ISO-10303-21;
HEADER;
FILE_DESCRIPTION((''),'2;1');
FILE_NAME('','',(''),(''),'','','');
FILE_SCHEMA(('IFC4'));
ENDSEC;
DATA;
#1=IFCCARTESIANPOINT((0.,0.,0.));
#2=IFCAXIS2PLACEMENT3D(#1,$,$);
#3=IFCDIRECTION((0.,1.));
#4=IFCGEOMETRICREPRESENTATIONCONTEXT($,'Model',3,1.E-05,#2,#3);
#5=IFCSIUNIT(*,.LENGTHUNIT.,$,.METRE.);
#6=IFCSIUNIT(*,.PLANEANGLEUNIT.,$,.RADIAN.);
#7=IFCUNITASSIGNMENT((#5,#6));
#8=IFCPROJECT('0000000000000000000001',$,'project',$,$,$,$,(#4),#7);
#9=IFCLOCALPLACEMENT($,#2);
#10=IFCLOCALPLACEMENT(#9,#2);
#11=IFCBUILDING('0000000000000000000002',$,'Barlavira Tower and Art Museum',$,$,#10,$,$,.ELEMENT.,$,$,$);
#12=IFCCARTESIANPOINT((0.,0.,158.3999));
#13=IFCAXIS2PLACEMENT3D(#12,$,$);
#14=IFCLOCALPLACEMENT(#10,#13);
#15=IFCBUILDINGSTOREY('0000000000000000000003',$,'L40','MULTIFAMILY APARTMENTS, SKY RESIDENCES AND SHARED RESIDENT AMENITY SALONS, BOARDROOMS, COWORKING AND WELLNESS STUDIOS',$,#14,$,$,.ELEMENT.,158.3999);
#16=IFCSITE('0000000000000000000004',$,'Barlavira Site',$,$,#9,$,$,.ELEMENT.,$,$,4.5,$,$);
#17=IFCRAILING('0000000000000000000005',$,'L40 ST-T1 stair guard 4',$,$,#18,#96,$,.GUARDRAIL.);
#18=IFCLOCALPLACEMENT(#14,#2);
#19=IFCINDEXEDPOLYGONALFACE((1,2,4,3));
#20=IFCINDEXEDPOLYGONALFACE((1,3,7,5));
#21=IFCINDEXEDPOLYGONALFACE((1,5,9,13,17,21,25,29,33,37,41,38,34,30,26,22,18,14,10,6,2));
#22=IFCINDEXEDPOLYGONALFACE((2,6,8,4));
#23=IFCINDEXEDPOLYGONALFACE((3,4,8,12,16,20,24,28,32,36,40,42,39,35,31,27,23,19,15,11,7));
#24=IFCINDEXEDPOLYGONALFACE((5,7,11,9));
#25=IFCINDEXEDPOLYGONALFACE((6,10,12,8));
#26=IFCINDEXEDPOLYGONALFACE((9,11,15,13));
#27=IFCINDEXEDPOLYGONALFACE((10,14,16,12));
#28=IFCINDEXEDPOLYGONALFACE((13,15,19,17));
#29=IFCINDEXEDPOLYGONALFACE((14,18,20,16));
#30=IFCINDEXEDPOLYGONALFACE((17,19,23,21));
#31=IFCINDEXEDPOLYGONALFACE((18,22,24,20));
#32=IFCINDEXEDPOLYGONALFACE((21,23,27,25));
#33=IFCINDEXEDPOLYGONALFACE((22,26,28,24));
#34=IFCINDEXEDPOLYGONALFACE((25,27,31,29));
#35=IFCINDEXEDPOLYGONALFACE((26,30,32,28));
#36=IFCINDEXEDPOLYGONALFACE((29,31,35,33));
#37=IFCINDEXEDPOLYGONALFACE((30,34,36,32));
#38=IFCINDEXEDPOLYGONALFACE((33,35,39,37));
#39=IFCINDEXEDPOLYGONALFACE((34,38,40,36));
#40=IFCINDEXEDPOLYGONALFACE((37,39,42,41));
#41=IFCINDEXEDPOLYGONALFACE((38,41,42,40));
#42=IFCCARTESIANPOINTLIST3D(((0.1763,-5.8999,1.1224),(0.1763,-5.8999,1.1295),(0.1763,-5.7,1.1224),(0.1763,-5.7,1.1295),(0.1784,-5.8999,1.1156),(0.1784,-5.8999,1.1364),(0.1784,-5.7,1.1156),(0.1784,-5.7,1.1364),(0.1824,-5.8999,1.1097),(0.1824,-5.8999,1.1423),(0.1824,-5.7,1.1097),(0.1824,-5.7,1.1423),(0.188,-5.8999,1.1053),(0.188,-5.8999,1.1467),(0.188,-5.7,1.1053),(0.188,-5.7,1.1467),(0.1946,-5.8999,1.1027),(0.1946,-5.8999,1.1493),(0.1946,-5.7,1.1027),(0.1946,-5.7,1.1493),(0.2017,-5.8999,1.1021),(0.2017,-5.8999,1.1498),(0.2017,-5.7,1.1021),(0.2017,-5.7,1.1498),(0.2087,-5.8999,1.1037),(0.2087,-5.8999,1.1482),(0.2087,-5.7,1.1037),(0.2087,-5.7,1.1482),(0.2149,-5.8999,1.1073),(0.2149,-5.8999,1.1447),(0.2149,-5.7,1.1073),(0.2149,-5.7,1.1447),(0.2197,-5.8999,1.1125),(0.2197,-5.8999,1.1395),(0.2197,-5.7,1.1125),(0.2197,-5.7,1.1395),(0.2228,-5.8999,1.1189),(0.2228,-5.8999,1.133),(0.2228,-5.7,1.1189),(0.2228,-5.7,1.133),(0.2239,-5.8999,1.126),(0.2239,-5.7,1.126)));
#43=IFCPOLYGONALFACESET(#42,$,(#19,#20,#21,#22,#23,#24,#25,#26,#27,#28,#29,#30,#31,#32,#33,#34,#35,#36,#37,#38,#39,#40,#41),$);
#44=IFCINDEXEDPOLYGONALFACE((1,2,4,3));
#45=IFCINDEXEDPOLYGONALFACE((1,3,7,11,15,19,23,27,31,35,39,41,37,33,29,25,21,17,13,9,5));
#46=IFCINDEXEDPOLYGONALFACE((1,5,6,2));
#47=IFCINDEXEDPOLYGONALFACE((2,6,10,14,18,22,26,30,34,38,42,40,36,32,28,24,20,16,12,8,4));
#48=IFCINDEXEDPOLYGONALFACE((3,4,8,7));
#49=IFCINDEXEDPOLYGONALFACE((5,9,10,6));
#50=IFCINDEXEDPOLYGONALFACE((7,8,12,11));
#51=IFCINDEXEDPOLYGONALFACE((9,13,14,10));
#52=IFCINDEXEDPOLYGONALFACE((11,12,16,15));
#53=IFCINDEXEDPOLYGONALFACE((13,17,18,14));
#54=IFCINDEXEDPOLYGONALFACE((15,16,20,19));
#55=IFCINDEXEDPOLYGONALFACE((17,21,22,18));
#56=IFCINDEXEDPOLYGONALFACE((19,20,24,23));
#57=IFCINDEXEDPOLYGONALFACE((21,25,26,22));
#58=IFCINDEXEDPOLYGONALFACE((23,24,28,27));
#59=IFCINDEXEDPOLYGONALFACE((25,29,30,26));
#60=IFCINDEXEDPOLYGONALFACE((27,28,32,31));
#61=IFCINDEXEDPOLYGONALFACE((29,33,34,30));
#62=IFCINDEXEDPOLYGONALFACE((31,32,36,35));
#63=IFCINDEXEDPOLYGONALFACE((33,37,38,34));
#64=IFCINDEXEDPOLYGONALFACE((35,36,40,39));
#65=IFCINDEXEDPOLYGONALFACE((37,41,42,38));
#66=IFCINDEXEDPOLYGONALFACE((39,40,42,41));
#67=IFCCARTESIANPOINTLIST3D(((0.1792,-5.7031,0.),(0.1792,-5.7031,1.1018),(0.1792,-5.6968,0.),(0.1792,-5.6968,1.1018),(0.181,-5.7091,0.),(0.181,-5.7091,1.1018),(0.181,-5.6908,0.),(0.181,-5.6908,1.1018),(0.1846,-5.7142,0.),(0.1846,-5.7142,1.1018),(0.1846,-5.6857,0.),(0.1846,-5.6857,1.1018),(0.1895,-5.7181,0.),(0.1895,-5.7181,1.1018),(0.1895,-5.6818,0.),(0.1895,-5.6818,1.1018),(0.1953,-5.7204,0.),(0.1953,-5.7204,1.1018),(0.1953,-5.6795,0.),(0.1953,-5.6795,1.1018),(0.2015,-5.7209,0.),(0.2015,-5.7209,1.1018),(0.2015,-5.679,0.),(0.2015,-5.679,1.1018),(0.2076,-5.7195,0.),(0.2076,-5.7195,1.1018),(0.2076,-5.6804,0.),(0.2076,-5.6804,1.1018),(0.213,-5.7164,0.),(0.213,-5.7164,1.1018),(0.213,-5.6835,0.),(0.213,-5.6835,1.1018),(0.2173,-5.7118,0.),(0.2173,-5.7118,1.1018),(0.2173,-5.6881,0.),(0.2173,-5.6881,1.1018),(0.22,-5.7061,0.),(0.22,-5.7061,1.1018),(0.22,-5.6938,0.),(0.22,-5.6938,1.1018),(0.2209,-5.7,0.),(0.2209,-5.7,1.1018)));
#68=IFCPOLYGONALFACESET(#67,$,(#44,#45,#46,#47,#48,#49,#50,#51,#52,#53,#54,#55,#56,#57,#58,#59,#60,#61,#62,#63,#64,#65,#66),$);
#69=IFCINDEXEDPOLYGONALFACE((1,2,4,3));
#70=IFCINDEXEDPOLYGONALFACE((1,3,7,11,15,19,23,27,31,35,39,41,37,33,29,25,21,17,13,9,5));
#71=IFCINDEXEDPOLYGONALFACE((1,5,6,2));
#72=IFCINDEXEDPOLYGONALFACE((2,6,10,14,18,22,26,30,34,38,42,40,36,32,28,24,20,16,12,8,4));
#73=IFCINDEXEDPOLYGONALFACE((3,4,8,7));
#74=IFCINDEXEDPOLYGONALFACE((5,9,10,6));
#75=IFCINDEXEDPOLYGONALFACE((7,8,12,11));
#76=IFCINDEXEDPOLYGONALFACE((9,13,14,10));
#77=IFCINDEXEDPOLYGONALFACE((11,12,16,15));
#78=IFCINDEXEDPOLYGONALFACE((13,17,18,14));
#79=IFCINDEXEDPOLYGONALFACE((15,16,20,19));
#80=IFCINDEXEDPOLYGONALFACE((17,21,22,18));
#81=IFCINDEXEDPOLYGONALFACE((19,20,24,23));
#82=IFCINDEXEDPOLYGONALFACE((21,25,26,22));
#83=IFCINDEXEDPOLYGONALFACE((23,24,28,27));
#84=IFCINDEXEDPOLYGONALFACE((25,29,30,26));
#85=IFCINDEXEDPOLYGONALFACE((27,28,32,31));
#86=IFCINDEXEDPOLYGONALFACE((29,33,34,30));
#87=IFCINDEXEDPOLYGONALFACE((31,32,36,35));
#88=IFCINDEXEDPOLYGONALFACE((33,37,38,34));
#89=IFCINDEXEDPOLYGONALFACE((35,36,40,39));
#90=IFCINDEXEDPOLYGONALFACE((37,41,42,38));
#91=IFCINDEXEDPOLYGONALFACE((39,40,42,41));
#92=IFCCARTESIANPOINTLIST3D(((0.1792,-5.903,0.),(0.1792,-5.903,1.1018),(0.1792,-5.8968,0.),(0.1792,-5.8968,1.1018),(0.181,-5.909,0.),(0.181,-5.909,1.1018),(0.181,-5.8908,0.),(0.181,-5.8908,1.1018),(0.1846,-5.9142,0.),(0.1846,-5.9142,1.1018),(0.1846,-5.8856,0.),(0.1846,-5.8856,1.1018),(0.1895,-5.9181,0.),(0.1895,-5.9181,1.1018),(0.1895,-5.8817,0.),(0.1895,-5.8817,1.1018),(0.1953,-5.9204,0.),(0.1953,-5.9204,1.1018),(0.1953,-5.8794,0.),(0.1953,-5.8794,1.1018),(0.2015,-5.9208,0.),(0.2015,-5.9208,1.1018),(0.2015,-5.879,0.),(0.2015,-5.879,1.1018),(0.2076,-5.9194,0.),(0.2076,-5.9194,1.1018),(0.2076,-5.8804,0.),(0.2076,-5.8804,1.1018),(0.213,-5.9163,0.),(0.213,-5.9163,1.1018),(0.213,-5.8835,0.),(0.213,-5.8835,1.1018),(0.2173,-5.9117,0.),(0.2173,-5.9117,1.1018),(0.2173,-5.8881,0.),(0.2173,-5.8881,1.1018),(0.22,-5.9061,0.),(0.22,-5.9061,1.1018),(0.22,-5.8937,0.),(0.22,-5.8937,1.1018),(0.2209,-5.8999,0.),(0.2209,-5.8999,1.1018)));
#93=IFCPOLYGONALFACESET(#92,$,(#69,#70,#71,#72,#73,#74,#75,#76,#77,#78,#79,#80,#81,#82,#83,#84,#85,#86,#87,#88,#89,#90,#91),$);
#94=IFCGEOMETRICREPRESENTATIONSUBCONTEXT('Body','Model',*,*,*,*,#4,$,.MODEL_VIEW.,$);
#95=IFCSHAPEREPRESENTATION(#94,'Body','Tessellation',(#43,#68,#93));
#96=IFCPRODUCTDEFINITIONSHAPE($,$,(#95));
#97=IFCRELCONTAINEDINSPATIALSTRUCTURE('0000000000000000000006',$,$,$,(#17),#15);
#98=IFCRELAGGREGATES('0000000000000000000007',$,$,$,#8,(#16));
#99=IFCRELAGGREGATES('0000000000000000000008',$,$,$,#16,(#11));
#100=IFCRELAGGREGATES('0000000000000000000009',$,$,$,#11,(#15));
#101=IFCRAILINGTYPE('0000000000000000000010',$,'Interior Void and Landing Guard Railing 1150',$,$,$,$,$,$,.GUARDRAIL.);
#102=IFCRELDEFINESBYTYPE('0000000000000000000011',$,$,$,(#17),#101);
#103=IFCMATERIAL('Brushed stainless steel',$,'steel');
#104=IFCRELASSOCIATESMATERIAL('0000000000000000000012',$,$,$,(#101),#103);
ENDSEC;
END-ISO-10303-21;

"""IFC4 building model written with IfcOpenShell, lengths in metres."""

from ifc_helpers import new_model, si_unit, direction, frame, origin, origin_2d, place, context, subcontext, project, spatial, circle, extrude, material, type_object, element, save


model = new_model("IFC4")

# Units and contexts
model_context = context("Model", 3, precision=1e-05, world=origin(), true_north=direction((0.0, 1.0)))
body_context = subcontext(model_context, "Body", "Model", "MODEL_VIEW")
ifc_project = project(units=[si_unit("LENGTHUNIT", "METRE"), si_unit("PLANEANGLEUNIT", "RADIAN")], contexts=[model_context])

# Site, building, storey
site_placement = place(None, origin())
site = spatial("IfcSite", under=ifc_project, at=site_placement, Name="Barlavira Site", CompositionType="ELEMENT", RefElevation=4.5)
building_placement = place(site_placement, origin())
building = spatial("IfcBuilding", under=site, at=building_placement, Name="Barlavira Tower and Art Museum", CompositionType="ELEMENT")
storey_placement = place(building_placement, frame((0.0, 0.0, 158.3999)))
storey = spatial("IfcBuildingStorey", under=building, at=storey_placement, Name="L40", Description="MULTIFAMILY APARTMENTS, SKY RESIDENCES AND SHARED RESIDENT AMENITY SALONS, BOARDROOMS, COWORKING AND WELLNESS STUDIOS", CompositionType="ELEMENT", Elevation=158.3999)

# Shared definitions
ifc_material_1 = material(Name="Brushed stainless steel", Category="steel")

# Railing
railing_type_1 = type_object("IfcRailingType", Name="Interior Void and Landing Guard Railing 1150", PredefinedType="GUARDRAIL", material=ifc_material_1)
railing_1_placement = place(storey_placement, frame((0.2, -5.7, 0.0)))
element("IfcRailing", 1, at=railing_1_placement, inside=storey, type_object=railing_type_1, Name="L40 ST-T1 stair guard 4", PredefinedType="GUARDRAIL", context=body_context, shape_type="SweptSolid", body=[
    extrude(circle(Radius=0.0239, at=origin_2d()), frame((0.0, 0.0, 1.126), z_axis=(0.0, -1.0, 0.0), x_axis=(1.0, 0.0, 0.0)), (0.0, 0.0, 1.0), 0.2),
    extrude(circle(Radius=0.021, at=origin_2d()), origin(), (0.0, 0.0, 1.0), 1.1018),
    extrude(circle(Radius=0.021, at=origin_2d()), frame((0.0, -0.2, 0.0)), (0.0, 0.0, 1.0), 1.1018),
])

save(model, "model.ifc")
